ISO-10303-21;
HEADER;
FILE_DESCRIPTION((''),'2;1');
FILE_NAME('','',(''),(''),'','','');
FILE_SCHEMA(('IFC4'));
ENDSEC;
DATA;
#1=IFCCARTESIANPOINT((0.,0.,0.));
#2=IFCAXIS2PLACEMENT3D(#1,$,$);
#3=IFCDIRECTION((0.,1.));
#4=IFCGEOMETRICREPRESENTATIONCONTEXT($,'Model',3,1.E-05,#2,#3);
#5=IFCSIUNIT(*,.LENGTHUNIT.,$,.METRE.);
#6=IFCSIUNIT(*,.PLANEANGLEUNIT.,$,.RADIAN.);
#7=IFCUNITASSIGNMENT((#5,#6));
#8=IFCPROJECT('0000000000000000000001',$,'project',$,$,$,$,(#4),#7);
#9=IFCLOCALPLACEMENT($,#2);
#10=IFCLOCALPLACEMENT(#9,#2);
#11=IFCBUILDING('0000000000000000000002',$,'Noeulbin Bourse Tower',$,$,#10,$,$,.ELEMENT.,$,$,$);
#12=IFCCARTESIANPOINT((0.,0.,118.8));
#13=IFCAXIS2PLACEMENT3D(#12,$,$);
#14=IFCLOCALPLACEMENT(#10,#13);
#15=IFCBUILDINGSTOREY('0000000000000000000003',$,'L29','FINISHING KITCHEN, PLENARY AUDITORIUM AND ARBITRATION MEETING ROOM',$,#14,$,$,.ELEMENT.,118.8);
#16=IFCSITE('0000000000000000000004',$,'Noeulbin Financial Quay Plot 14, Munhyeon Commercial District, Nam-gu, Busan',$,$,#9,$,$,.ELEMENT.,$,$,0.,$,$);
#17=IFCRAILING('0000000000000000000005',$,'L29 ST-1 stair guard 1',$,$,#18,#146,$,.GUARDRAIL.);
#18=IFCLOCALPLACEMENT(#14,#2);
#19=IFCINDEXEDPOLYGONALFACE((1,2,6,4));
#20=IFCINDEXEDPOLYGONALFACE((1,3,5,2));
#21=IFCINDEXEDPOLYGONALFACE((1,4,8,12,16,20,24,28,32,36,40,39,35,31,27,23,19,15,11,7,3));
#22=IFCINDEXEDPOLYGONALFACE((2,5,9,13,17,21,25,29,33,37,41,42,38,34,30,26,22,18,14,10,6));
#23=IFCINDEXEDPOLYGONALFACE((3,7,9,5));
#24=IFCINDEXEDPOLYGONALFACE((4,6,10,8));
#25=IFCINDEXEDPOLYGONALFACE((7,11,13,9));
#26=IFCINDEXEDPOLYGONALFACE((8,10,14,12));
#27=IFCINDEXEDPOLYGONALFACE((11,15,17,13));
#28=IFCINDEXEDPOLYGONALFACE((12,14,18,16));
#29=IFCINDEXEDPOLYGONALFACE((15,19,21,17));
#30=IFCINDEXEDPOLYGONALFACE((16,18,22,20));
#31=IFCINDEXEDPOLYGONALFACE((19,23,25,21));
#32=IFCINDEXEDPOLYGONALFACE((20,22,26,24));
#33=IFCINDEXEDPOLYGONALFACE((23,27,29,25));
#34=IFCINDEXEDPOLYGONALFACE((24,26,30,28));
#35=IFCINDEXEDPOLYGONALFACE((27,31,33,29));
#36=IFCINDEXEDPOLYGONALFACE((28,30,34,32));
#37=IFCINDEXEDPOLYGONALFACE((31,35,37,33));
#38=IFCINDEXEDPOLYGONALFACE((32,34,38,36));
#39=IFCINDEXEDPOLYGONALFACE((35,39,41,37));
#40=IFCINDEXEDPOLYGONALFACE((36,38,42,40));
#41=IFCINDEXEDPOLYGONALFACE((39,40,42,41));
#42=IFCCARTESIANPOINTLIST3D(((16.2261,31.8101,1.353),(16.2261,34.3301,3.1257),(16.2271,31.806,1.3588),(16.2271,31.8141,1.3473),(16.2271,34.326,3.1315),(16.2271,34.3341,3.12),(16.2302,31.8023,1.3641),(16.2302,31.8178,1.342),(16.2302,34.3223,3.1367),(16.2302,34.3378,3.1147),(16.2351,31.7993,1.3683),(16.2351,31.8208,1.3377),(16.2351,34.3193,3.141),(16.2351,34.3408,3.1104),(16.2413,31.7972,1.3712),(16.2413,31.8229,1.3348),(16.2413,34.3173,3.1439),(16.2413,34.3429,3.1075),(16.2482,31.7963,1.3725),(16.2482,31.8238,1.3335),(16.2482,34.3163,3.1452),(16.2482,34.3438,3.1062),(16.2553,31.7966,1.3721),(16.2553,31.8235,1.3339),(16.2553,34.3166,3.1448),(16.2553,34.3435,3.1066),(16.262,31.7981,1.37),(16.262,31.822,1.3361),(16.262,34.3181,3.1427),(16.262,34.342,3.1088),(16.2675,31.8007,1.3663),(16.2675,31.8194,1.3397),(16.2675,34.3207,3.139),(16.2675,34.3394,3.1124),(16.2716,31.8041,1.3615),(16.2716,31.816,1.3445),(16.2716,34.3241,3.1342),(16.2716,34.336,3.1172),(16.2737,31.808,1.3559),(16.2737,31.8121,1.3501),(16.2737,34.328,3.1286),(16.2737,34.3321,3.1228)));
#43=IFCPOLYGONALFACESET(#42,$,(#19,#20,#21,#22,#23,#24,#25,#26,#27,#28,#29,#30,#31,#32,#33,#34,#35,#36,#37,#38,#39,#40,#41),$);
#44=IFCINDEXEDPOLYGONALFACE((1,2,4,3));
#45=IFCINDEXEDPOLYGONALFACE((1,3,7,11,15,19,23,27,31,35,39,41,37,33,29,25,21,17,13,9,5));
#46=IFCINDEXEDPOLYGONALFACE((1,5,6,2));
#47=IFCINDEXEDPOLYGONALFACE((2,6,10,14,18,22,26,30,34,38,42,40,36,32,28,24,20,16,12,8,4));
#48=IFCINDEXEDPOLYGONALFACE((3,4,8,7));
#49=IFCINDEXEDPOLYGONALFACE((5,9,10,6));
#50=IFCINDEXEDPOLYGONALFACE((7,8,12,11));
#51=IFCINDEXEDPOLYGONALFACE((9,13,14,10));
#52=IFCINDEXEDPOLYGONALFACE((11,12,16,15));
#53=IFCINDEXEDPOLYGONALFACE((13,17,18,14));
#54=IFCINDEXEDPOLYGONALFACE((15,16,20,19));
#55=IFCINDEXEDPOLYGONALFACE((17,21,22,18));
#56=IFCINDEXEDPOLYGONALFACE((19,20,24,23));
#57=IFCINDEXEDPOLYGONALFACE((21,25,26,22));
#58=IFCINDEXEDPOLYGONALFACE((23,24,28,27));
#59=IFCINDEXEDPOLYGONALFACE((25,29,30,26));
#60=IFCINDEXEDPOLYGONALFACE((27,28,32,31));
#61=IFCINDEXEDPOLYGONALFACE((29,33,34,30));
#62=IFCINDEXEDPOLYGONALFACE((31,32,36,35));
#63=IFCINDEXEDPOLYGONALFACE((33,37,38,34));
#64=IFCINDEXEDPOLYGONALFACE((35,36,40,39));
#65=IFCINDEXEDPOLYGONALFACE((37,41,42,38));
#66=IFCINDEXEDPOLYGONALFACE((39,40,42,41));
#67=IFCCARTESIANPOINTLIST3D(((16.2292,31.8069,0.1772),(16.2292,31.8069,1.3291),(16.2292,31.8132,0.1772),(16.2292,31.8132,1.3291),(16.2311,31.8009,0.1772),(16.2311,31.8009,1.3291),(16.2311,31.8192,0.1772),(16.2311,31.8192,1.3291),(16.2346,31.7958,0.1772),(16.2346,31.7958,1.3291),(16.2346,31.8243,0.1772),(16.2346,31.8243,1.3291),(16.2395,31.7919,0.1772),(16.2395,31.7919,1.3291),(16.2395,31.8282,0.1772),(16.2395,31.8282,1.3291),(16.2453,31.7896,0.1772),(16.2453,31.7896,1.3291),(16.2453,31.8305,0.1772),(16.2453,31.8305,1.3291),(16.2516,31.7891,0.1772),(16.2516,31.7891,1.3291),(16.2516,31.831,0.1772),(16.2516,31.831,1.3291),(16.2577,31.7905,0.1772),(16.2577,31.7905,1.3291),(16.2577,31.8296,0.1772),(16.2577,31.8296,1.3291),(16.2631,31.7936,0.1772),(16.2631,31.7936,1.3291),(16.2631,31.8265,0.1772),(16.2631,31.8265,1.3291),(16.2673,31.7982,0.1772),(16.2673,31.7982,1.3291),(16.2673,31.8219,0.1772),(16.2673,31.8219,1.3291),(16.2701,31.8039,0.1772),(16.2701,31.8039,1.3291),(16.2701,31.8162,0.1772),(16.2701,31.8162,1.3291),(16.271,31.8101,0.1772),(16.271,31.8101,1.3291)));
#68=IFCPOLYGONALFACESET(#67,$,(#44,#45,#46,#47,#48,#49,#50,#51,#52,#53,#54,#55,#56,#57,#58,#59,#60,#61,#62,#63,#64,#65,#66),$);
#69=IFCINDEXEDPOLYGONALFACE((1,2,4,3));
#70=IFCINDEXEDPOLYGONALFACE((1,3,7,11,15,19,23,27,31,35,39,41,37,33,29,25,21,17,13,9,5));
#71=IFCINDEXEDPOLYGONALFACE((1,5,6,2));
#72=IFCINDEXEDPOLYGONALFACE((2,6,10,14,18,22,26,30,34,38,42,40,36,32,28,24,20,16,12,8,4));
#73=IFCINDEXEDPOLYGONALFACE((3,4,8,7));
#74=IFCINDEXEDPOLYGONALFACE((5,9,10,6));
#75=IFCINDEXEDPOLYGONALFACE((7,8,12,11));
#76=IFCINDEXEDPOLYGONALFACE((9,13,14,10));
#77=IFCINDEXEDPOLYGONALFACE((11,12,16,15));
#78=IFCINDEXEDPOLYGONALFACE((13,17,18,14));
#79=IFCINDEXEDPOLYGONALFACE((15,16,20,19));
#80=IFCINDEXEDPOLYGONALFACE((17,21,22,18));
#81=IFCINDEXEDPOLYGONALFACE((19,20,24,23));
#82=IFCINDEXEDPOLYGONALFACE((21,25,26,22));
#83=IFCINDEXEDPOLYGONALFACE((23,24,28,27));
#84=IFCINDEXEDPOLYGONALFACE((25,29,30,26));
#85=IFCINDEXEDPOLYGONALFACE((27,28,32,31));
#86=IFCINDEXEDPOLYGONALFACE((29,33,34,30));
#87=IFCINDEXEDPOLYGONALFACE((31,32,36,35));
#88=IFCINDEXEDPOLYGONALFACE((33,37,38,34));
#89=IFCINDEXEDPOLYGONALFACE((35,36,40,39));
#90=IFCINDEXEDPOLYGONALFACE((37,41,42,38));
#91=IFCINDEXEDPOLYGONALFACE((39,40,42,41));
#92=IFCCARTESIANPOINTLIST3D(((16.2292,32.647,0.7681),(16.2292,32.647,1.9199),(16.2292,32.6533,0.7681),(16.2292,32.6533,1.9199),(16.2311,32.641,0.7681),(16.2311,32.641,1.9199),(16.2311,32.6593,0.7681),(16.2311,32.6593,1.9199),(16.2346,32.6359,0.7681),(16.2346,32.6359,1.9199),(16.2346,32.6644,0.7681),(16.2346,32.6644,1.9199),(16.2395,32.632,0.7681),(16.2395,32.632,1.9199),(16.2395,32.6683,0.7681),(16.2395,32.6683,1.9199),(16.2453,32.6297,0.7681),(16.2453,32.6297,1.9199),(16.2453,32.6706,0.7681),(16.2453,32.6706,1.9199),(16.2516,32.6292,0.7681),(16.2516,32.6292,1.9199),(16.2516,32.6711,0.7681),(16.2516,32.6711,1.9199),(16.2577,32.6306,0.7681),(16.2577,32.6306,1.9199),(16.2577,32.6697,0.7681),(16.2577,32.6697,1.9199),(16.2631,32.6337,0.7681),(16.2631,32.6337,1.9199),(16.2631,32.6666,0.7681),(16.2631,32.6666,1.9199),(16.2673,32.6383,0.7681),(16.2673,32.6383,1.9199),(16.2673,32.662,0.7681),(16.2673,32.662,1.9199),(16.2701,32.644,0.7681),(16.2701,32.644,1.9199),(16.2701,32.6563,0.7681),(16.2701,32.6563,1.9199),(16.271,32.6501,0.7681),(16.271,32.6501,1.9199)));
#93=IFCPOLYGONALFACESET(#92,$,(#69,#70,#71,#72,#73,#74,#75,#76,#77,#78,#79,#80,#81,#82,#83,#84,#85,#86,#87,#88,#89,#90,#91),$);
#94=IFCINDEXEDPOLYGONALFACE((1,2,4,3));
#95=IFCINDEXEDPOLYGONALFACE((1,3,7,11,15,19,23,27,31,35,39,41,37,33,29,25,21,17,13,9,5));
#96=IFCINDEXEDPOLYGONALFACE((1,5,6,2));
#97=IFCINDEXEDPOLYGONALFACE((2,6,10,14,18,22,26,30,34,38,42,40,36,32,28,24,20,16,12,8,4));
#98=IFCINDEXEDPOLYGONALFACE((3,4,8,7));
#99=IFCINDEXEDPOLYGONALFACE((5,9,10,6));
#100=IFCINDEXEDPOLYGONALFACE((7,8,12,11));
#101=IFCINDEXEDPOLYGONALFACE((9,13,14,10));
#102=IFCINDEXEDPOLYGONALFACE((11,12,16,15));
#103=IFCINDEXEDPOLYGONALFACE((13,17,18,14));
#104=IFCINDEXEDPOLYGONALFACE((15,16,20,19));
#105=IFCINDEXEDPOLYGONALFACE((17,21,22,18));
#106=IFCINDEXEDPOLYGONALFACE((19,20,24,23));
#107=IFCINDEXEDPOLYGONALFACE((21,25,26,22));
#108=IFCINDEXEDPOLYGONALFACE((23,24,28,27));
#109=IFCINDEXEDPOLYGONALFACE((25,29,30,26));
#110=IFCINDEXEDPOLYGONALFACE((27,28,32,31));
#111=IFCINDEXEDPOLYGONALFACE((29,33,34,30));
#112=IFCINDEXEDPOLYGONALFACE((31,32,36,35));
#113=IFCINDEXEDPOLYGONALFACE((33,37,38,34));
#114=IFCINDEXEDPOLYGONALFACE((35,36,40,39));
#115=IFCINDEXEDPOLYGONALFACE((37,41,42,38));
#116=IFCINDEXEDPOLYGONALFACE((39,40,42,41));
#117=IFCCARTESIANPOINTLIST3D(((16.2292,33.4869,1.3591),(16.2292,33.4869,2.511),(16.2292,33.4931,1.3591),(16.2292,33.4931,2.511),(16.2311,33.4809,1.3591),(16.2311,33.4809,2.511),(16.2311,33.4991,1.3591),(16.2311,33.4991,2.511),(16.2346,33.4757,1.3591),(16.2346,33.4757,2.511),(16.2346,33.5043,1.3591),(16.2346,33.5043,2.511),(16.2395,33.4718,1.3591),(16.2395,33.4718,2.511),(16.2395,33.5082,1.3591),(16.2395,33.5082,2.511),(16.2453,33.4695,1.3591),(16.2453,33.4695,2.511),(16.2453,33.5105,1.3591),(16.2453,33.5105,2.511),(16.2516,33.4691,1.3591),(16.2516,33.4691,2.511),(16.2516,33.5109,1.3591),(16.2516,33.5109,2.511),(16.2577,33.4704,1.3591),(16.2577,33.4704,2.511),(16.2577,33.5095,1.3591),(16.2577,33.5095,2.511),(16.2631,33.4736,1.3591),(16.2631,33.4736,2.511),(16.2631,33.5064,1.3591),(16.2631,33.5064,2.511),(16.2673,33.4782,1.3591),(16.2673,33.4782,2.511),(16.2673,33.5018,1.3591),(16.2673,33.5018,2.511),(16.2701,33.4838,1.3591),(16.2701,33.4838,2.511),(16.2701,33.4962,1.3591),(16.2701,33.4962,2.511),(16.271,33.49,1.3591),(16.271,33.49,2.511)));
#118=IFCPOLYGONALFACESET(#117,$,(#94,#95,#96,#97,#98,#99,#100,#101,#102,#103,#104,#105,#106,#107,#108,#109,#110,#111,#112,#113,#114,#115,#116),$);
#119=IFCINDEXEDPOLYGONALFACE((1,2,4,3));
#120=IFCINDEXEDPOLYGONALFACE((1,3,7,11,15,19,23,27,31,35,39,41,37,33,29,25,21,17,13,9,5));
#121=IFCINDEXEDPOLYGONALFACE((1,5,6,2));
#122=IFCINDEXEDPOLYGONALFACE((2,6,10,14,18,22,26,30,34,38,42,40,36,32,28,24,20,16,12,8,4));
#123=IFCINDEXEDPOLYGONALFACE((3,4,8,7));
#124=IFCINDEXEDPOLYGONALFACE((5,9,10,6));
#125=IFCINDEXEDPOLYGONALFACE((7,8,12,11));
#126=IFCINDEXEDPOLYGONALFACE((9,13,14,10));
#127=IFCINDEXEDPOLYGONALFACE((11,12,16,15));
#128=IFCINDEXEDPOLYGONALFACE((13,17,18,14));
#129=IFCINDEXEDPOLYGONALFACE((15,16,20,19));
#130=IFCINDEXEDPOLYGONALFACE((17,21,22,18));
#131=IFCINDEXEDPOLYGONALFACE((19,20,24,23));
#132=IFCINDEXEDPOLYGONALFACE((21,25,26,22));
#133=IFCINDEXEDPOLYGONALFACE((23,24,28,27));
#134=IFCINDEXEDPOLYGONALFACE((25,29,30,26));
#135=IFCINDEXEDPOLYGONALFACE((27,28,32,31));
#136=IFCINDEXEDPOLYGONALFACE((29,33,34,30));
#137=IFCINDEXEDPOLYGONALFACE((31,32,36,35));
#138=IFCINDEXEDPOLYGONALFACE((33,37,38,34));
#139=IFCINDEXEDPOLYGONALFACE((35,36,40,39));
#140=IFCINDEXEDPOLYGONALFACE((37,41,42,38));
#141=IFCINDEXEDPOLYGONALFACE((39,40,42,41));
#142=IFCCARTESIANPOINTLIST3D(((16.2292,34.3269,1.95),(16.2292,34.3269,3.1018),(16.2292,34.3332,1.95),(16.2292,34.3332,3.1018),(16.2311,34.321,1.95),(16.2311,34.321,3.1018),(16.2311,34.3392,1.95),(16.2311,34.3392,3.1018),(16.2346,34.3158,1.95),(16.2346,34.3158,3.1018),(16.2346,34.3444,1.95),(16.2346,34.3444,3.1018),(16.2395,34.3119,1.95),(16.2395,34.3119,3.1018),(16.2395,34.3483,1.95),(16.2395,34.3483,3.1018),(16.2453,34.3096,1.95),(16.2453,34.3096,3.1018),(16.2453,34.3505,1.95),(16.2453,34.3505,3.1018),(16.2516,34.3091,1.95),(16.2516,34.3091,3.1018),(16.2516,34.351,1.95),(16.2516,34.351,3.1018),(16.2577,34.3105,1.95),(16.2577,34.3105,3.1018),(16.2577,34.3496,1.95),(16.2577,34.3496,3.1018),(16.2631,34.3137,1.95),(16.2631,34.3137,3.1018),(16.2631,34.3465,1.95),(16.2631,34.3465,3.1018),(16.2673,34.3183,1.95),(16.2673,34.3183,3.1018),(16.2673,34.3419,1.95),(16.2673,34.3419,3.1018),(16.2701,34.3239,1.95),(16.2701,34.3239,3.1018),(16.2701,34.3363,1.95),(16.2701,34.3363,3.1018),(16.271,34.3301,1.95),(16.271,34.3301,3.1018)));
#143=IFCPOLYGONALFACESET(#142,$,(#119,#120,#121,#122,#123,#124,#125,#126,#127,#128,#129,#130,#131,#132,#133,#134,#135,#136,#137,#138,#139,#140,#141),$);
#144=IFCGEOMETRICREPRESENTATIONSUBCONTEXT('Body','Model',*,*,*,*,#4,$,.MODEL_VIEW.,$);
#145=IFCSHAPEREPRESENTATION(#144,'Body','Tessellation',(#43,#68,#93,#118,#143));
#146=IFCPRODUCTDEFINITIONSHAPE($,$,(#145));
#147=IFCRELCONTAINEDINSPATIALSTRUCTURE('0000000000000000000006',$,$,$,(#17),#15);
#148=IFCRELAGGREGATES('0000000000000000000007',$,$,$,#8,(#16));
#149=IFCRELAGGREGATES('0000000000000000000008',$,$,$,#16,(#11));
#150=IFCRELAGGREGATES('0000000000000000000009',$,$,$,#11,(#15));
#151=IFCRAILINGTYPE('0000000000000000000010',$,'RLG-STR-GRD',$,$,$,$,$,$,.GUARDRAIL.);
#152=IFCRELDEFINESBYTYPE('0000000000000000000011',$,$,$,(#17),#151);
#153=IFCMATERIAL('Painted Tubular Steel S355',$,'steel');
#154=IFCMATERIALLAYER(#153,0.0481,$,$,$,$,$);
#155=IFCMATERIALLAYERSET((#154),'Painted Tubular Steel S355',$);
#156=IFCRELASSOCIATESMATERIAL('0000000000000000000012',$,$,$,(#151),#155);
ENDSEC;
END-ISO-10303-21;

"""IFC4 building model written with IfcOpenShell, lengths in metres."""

from ifc_helpers import new_model, si_unit, direction, frame, origin, origin_2d, place, context, subcontext, project, spatial, circle, extrude, material, layer, layer_set, type_object, element, save


model = new_model("IFC4")

# Units and contexts
model_context = context("Model", 3, precision=1e-05, world=origin(), true_north=direction((0.0, 1.0)))
body_context = subcontext(model_context, "Body", "Model", "MODEL_VIEW")
ifc_project = project(units=[si_unit("LENGTHUNIT", "METRE"), si_unit("PLANEANGLEUNIT", "RADIAN")], contexts=[model_context])

# Site, building, storey
site_placement = place(None, origin())
site = spatial("IfcSite", under=ifc_project, at=site_placement, Name="Noeulbin Financial Quay Plot 14, Munhyeon Commercial District, Nam-gu, Busan", CompositionType="ELEMENT", RefElevation=0.0)
building_placement = place(site_placement, origin())
building = spatial("IfcBuilding", under=site, at=building_placement, Name="Noeulbin Bourse Tower", CompositionType="ELEMENT")
storey_placement = place(building_placement, frame((0.0, 0.0, 118.8)))
storey = spatial("IfcBuildingStorey", under=building, at=storey_placement, Name="L29", Description="FINISHING KITCHEN, PLENARY AUDITORIUM AND ARBITRATION MEETING ROOM", CompositionType="ELEMENT", Elevation=118.8)

# Railing
ifc_material_1 = material(Name="Painted Tubular Steel S355", Category="steel")
ifc_layer_1 = layer(ifc_material_1, 0.0481)
ifc_layer_set_1 = layer_set([ifc_layer_1], Name="Painted Tubular Steel S355")
railing_type_1 = type_object("IfcRailingType", Name="RLG-STR-GRD", PredefinedType="GUARDRAIL", material=ifc_layer_set_1)
railing_1_placement = place(storey_placement, frame((16.25, 31.8101, 0.1772)))
element("IfcRailing", 1, at=railing_1_placement, inside=storey, type_object=railing_type_1, Name="L29 ST-1 stair guard 1", PredefinedType="GUARDRAIL", context=body_context, shape_type="SweptSolid", body=[
    extrude(circle(Radius=0.0239, at=origin_2d()), frame((0.0, 0.0, 1.1758), z_axis=(0.0, 0.817904, 0.575354), x_axis=(-1.0, 0.0, 0.0)), (0.0, 0.0, 1.0), 3.0811),
    extrude(circle(Radius=0.021, at=origin_2d()), origin(), (0.0, 0.0, 1.0), 1.1519),
    extrude(circle(Radius=0.021, at=origin_2d()), frame((0.0, 0.8401, 0.5908)), (0.0, 0.0, 1.0), 1.1519),
    extrude(circle(Radius=0.021, at=origin_2d()), frame((0.0, 1.6799, 1.1819)), (0.0, 0.0, 1.0), 1.1519),
    extrude(circle(Radius=0.021, at=origin_2d()), frame((0.0, 2.52, 1.7727)), (0.0, 0.0, 1.0), 1.1519),
])

save(model, "model.ifc")
